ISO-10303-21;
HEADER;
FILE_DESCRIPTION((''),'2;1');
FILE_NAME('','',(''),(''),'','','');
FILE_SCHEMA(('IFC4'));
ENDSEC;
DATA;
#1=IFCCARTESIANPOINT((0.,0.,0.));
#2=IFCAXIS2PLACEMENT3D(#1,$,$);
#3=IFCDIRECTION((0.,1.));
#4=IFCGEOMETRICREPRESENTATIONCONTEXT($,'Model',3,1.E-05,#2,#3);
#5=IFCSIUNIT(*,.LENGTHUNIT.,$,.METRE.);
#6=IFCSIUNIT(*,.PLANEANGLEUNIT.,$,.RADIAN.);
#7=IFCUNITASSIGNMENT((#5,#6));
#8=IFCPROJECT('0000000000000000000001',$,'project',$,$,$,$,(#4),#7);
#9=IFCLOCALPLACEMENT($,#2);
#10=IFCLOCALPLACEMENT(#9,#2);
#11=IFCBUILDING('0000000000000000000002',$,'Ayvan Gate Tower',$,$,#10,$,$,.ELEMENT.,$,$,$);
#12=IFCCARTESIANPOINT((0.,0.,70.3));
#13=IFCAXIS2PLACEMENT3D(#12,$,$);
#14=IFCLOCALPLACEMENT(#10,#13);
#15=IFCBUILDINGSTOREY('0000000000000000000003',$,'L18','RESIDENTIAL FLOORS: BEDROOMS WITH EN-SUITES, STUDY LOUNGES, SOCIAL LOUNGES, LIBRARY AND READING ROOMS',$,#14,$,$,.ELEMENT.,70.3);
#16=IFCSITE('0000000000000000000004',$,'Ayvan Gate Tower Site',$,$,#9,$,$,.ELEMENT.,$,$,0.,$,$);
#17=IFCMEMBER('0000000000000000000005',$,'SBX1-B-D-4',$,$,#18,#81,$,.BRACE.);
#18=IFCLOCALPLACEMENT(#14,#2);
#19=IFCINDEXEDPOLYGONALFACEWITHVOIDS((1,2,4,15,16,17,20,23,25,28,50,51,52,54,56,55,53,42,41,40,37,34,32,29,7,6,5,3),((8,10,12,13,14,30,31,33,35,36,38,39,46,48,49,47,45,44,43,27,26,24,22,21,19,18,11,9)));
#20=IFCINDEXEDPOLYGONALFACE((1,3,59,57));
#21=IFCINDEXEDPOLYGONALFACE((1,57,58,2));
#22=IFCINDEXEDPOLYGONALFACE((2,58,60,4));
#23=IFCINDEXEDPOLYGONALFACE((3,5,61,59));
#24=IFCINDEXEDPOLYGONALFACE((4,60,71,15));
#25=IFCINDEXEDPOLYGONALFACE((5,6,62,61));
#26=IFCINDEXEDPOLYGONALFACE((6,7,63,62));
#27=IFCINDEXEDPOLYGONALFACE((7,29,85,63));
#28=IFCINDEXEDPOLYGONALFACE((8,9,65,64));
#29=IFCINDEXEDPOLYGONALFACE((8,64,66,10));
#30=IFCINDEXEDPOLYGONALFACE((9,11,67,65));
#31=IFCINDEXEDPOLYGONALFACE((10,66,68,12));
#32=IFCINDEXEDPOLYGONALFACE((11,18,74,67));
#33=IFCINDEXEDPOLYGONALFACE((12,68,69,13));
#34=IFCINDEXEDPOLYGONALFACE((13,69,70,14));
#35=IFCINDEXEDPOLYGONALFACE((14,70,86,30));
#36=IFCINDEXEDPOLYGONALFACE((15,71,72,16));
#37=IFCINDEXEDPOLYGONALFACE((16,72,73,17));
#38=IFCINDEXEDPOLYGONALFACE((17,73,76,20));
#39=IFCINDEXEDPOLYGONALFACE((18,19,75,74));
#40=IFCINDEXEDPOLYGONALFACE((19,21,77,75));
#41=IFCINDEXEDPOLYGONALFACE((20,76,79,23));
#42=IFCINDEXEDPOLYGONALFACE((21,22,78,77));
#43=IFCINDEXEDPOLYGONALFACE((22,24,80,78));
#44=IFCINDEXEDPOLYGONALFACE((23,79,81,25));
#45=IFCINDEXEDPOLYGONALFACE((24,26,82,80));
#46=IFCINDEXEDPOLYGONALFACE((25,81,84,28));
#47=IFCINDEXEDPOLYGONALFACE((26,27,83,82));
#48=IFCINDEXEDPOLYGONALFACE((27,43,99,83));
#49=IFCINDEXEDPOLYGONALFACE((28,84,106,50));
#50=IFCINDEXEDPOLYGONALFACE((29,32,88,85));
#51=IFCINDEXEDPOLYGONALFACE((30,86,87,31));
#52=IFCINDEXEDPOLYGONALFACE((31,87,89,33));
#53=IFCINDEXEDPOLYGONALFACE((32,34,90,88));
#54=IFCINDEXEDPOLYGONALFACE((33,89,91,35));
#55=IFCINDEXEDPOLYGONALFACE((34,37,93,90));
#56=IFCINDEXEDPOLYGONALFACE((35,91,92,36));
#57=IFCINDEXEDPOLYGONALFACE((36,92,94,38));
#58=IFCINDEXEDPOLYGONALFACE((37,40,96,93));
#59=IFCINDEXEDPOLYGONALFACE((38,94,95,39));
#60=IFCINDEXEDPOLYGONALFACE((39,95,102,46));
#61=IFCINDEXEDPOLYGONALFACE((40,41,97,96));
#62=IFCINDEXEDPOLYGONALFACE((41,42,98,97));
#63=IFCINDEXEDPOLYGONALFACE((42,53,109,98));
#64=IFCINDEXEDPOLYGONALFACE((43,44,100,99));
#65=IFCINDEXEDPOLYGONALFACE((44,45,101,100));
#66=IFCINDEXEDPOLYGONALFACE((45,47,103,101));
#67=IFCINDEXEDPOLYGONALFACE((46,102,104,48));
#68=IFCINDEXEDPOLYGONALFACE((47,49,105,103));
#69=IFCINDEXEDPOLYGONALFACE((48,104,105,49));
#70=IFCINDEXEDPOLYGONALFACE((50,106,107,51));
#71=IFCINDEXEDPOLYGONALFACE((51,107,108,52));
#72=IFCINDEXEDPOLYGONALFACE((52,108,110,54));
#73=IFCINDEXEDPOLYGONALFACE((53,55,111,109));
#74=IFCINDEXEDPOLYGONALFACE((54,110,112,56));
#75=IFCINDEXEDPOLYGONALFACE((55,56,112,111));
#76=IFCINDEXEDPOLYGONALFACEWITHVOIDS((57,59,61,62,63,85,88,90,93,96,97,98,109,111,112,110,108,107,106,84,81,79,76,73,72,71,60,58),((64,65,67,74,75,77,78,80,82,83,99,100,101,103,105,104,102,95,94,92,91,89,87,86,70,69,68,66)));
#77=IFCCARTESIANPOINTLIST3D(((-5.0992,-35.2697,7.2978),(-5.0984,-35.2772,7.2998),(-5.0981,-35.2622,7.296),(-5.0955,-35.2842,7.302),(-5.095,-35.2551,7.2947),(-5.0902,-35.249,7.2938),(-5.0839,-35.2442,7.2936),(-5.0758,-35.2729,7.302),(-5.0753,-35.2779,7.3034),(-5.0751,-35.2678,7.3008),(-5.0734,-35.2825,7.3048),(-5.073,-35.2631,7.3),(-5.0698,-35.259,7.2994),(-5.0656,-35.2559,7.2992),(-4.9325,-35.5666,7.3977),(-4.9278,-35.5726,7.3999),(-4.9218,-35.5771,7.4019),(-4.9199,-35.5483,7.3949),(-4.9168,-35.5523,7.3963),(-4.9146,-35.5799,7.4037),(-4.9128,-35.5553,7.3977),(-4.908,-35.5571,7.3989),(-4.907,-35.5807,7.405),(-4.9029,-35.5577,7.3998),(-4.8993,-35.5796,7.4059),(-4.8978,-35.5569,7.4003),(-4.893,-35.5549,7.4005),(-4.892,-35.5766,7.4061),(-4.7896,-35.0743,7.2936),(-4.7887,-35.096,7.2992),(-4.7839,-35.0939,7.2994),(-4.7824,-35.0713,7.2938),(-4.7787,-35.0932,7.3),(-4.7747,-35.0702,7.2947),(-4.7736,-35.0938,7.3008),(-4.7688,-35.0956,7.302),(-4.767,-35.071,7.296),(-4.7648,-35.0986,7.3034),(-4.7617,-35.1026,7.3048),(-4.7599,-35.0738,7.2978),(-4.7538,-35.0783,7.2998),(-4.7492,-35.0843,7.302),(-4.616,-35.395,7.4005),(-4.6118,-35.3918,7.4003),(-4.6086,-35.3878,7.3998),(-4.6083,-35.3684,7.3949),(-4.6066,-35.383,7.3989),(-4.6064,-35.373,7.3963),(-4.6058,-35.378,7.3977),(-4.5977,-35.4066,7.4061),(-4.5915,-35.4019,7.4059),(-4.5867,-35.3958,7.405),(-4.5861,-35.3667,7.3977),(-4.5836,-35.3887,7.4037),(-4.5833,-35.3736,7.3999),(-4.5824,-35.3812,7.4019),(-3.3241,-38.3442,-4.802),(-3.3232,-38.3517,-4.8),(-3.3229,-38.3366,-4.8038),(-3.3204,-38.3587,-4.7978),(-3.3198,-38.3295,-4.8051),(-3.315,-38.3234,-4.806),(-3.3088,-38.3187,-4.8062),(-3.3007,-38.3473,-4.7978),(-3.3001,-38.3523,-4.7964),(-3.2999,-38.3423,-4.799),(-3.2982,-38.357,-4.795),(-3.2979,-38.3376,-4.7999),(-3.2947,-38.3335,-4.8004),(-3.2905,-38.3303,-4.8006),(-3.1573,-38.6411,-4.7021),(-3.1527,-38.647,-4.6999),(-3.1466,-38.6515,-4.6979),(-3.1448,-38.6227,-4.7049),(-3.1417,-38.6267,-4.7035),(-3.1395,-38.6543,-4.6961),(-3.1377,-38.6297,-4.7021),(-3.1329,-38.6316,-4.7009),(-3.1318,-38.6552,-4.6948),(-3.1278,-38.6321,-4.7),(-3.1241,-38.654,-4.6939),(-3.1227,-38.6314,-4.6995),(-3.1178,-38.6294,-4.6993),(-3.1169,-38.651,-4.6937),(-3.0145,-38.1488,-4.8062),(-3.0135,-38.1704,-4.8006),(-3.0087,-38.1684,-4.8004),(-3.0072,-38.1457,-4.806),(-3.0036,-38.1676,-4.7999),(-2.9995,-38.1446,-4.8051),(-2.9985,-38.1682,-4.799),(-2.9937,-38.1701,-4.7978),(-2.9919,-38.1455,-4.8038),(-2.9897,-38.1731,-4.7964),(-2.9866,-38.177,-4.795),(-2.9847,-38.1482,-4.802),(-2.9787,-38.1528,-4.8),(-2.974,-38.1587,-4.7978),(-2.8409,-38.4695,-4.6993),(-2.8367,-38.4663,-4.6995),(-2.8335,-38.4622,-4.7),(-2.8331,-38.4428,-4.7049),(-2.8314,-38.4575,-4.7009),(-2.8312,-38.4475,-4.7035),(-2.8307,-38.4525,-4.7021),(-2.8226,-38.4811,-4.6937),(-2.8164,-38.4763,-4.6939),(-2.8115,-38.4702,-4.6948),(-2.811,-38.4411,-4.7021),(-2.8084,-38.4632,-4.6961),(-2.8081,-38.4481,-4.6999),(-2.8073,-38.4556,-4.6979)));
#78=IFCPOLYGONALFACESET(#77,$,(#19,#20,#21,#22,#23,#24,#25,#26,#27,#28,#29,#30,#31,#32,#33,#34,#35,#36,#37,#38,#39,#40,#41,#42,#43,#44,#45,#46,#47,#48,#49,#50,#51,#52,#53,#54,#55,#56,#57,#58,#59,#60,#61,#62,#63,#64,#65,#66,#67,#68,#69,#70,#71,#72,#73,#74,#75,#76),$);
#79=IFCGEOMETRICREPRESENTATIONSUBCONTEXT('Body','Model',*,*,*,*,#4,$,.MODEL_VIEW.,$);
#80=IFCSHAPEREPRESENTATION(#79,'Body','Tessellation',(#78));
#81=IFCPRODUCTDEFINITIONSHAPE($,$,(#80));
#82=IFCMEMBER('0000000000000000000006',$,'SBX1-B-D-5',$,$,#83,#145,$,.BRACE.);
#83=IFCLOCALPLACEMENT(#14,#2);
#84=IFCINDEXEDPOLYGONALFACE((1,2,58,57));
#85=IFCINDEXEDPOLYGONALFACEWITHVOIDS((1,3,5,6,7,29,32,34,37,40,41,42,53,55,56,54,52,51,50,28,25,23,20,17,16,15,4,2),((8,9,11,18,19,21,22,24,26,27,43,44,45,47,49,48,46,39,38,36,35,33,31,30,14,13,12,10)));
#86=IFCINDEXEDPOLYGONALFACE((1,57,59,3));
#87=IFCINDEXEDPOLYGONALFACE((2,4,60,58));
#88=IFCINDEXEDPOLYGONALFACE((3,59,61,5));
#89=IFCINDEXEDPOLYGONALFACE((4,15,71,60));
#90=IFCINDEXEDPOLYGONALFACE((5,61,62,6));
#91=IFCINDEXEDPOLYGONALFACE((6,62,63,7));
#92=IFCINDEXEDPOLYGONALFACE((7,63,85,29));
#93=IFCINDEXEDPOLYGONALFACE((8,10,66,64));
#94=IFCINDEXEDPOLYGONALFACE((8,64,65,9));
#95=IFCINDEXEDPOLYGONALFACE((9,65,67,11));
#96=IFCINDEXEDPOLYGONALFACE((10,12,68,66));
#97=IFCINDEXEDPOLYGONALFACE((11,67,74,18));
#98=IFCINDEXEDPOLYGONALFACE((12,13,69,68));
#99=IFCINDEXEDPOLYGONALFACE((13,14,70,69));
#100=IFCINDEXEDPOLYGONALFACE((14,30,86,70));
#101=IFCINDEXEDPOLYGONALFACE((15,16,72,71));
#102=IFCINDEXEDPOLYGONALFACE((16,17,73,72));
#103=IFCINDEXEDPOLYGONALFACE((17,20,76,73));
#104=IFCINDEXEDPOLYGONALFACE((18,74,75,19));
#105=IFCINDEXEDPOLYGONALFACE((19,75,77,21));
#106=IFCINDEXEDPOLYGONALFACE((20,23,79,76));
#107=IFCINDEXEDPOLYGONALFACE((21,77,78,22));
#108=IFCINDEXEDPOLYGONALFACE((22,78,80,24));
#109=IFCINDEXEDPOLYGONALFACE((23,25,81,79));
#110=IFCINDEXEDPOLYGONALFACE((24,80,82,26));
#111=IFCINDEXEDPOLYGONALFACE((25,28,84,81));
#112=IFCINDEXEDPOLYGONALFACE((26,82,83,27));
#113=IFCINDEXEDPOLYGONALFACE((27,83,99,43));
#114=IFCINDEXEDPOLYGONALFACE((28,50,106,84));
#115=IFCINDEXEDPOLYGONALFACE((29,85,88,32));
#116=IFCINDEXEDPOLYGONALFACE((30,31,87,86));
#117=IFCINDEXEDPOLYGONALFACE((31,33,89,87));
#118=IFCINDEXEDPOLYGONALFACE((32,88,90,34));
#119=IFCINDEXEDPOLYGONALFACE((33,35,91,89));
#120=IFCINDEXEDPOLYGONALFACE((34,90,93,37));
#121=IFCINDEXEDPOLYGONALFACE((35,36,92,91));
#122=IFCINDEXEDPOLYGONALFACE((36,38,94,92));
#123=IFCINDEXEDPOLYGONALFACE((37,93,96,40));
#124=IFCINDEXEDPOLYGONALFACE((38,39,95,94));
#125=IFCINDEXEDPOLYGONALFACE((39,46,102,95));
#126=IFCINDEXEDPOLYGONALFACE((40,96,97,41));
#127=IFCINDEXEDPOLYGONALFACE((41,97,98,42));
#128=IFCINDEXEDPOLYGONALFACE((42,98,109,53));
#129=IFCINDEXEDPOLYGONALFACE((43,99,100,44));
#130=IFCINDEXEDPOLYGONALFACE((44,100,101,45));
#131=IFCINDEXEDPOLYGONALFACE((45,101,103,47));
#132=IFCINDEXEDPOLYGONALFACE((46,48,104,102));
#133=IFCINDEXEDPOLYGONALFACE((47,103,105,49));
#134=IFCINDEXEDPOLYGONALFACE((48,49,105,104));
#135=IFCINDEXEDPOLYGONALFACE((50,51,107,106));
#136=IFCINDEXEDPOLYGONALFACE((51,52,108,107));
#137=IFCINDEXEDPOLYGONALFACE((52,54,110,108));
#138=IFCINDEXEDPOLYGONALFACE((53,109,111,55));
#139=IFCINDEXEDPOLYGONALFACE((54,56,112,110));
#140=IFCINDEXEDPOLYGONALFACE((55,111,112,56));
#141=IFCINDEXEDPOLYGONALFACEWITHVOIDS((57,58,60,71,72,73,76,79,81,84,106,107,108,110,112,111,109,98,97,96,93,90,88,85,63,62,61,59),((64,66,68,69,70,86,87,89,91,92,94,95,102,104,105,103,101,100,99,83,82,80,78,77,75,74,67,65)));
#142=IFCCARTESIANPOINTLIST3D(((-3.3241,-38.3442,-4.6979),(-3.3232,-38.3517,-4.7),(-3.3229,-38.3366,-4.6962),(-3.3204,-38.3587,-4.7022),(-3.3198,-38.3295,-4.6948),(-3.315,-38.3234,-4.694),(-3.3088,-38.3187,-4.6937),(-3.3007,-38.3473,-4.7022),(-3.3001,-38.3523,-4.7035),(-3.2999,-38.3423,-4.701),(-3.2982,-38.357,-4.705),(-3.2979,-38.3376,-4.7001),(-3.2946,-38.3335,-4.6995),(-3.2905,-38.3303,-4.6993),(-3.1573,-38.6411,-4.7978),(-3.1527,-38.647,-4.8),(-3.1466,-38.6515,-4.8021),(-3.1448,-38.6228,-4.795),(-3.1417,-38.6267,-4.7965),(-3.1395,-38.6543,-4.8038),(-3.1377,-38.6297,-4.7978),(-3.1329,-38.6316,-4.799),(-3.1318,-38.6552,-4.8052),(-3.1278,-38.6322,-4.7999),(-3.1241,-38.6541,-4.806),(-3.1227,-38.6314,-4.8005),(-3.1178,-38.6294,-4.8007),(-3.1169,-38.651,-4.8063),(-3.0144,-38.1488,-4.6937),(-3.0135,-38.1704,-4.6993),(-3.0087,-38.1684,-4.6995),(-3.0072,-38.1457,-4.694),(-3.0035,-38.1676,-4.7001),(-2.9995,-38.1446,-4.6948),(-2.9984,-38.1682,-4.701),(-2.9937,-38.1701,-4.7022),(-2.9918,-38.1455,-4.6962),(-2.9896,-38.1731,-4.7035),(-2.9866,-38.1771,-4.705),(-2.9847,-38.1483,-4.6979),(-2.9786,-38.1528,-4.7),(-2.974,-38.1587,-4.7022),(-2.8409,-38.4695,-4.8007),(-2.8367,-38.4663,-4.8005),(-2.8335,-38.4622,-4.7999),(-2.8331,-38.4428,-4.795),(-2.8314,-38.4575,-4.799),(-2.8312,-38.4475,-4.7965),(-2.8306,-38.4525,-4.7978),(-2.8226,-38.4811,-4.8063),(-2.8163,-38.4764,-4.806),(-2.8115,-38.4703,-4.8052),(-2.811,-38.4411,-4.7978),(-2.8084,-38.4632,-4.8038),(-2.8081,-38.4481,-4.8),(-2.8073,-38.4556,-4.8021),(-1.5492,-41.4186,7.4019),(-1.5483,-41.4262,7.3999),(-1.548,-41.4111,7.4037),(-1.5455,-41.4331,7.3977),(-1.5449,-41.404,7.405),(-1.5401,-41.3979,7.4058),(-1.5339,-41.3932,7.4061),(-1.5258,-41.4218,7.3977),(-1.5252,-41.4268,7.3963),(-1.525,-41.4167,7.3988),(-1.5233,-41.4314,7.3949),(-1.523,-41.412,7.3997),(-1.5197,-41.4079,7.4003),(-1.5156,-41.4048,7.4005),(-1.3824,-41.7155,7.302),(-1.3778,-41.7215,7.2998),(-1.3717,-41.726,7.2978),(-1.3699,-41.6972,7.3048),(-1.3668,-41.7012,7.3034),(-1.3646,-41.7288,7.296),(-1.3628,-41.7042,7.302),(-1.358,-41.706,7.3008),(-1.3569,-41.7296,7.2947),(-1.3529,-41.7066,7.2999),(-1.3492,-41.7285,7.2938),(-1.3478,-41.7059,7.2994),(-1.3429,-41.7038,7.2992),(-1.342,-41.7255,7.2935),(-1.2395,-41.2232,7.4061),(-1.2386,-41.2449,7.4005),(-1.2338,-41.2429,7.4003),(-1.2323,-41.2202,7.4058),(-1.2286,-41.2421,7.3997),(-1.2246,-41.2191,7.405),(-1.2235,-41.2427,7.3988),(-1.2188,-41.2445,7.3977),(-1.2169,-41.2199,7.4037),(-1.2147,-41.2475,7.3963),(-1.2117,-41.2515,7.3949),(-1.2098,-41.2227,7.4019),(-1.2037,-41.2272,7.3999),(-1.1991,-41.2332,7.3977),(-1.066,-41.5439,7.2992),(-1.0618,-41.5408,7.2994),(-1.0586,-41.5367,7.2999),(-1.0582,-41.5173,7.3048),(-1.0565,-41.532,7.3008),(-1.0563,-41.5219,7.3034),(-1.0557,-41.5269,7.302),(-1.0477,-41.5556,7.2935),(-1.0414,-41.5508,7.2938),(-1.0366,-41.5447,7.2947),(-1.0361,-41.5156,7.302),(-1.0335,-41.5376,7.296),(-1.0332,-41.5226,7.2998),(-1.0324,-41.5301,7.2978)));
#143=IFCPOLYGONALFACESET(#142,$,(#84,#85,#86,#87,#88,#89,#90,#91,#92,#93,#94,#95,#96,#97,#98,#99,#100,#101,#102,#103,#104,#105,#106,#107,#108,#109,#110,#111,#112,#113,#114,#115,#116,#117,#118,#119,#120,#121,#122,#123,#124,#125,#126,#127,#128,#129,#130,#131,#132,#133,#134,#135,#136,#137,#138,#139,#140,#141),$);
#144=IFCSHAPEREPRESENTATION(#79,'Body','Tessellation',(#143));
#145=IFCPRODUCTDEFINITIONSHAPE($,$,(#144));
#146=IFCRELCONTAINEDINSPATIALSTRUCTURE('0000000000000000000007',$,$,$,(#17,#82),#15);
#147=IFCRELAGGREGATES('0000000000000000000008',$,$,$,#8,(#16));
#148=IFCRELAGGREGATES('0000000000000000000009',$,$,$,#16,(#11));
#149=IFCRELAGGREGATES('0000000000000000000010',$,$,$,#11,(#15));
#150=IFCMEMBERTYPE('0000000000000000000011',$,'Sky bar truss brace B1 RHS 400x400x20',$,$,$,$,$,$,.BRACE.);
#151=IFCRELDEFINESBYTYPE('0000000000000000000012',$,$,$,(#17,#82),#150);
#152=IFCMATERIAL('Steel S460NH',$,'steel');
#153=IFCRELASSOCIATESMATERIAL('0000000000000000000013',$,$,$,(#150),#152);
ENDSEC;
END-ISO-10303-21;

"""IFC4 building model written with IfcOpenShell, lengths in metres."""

from ifc_helpers import new_model, si_unit, direction, frame, origin, origin_2d, place, context, subcontext, project, spatial, hollow_rectangle, extrude, material, material_profile, profile_set, type_object, element, save


model = new_model("IFC4")

# Units and contexts
model_context = context("Model", 3, precision=1e-05, world=origin(), true_north=direction((0.0, 1.0)))
body_context = subcontext(model_context, "Body", "Model", "MODEL_VIEW")
ifc_project = project(units=[si_unit("LENGTHUNIT", "METRE"), si_unit("PLANEANGLEUNIT", "RADIAN")], contexts=[model_context])

# Site, building, storey
site_placement = place(None, origin())
site = spatial("IfcSite", under=ifc_project, at=site_placement, Name="Ayvan Gate Tower Site", CompositionType="ELEMENT", RefElevation=0.0)
building_placement = place(site_placement, origin())
building = spatial("IfcBuilding", under=site, at=building_placement, Name="Ayvan Gate Tower", CompositionType="ELEMENT")
storey_placement = place(building_placement, frame((0.0, 0.0, 70.3)))
storey = spatial("IfcBuildingStorey", under=building, at=storey_placement, Name="L18", Description="RESIDENTIAL FLOORS: BEDROOMS WITH EN-SUITES, STUDY LOUNGES, SOCIAL LOUNGES, LIBRARY AND READING ROOMS", CompositionType="ELEMENT", Elevation=70.3)

# Members
ifc_material_1 = material(Name="Steel S460NH", Category="steel")
ifc_material_profile_1 = material_profile(ifc_material_1, hollow_rectangle(XDim=0.3999, YDim=0.3999, WallThickness=0.02, InnerFilletRadius=0.02, OuterFilletRadius=0.03, at=origin_2d()), Name="RHS 400x400x20")
ifc_profile_set_1 = profile_set([ifc_material_profile_1], Name="Steel S460NH")
member_type_1 = type_object("IfcMemberType", Name="Sky bar truss brace B1 RHS 400x400x20", PredefinedType="BRACE", material=ifc_profile_set_1)
for number, where, z_axis, x_axis, name in (
    (1, (-4.8408, -35.3254, 7.3499), (0.140774, -0.243813, -0.959551), (0.866013, 0.500022, 0.0), "SBX1-B-D-4"),
    (2, (-3.0657, -38.3999, -4.75), (0.140755, -0.243814, 0.959553), (0.866042, 0.49997, 0.0), "SBX1-B-D-5"),
):
    element("IfcMember", number, at=place(storey_placement, frame(where, z_axis=z_axis, x_axis=x_axis)), inside=storey, type_object=member_type_1, Name=name, PredefinedType="BRACE", context=body_context, shape_type="SweptSolid", body=[
        extrude(hollow_rectangle(XDim=0.3999, YDim=0.3999, WallThickness=0.02, InnerFilletRadius=0.02, OuterFilletRadius=0.03, at=origin_2d()), origin(), (0.0, 0.0, 1.0), 12.6099),
    ])

save(model, "model.ifc")
